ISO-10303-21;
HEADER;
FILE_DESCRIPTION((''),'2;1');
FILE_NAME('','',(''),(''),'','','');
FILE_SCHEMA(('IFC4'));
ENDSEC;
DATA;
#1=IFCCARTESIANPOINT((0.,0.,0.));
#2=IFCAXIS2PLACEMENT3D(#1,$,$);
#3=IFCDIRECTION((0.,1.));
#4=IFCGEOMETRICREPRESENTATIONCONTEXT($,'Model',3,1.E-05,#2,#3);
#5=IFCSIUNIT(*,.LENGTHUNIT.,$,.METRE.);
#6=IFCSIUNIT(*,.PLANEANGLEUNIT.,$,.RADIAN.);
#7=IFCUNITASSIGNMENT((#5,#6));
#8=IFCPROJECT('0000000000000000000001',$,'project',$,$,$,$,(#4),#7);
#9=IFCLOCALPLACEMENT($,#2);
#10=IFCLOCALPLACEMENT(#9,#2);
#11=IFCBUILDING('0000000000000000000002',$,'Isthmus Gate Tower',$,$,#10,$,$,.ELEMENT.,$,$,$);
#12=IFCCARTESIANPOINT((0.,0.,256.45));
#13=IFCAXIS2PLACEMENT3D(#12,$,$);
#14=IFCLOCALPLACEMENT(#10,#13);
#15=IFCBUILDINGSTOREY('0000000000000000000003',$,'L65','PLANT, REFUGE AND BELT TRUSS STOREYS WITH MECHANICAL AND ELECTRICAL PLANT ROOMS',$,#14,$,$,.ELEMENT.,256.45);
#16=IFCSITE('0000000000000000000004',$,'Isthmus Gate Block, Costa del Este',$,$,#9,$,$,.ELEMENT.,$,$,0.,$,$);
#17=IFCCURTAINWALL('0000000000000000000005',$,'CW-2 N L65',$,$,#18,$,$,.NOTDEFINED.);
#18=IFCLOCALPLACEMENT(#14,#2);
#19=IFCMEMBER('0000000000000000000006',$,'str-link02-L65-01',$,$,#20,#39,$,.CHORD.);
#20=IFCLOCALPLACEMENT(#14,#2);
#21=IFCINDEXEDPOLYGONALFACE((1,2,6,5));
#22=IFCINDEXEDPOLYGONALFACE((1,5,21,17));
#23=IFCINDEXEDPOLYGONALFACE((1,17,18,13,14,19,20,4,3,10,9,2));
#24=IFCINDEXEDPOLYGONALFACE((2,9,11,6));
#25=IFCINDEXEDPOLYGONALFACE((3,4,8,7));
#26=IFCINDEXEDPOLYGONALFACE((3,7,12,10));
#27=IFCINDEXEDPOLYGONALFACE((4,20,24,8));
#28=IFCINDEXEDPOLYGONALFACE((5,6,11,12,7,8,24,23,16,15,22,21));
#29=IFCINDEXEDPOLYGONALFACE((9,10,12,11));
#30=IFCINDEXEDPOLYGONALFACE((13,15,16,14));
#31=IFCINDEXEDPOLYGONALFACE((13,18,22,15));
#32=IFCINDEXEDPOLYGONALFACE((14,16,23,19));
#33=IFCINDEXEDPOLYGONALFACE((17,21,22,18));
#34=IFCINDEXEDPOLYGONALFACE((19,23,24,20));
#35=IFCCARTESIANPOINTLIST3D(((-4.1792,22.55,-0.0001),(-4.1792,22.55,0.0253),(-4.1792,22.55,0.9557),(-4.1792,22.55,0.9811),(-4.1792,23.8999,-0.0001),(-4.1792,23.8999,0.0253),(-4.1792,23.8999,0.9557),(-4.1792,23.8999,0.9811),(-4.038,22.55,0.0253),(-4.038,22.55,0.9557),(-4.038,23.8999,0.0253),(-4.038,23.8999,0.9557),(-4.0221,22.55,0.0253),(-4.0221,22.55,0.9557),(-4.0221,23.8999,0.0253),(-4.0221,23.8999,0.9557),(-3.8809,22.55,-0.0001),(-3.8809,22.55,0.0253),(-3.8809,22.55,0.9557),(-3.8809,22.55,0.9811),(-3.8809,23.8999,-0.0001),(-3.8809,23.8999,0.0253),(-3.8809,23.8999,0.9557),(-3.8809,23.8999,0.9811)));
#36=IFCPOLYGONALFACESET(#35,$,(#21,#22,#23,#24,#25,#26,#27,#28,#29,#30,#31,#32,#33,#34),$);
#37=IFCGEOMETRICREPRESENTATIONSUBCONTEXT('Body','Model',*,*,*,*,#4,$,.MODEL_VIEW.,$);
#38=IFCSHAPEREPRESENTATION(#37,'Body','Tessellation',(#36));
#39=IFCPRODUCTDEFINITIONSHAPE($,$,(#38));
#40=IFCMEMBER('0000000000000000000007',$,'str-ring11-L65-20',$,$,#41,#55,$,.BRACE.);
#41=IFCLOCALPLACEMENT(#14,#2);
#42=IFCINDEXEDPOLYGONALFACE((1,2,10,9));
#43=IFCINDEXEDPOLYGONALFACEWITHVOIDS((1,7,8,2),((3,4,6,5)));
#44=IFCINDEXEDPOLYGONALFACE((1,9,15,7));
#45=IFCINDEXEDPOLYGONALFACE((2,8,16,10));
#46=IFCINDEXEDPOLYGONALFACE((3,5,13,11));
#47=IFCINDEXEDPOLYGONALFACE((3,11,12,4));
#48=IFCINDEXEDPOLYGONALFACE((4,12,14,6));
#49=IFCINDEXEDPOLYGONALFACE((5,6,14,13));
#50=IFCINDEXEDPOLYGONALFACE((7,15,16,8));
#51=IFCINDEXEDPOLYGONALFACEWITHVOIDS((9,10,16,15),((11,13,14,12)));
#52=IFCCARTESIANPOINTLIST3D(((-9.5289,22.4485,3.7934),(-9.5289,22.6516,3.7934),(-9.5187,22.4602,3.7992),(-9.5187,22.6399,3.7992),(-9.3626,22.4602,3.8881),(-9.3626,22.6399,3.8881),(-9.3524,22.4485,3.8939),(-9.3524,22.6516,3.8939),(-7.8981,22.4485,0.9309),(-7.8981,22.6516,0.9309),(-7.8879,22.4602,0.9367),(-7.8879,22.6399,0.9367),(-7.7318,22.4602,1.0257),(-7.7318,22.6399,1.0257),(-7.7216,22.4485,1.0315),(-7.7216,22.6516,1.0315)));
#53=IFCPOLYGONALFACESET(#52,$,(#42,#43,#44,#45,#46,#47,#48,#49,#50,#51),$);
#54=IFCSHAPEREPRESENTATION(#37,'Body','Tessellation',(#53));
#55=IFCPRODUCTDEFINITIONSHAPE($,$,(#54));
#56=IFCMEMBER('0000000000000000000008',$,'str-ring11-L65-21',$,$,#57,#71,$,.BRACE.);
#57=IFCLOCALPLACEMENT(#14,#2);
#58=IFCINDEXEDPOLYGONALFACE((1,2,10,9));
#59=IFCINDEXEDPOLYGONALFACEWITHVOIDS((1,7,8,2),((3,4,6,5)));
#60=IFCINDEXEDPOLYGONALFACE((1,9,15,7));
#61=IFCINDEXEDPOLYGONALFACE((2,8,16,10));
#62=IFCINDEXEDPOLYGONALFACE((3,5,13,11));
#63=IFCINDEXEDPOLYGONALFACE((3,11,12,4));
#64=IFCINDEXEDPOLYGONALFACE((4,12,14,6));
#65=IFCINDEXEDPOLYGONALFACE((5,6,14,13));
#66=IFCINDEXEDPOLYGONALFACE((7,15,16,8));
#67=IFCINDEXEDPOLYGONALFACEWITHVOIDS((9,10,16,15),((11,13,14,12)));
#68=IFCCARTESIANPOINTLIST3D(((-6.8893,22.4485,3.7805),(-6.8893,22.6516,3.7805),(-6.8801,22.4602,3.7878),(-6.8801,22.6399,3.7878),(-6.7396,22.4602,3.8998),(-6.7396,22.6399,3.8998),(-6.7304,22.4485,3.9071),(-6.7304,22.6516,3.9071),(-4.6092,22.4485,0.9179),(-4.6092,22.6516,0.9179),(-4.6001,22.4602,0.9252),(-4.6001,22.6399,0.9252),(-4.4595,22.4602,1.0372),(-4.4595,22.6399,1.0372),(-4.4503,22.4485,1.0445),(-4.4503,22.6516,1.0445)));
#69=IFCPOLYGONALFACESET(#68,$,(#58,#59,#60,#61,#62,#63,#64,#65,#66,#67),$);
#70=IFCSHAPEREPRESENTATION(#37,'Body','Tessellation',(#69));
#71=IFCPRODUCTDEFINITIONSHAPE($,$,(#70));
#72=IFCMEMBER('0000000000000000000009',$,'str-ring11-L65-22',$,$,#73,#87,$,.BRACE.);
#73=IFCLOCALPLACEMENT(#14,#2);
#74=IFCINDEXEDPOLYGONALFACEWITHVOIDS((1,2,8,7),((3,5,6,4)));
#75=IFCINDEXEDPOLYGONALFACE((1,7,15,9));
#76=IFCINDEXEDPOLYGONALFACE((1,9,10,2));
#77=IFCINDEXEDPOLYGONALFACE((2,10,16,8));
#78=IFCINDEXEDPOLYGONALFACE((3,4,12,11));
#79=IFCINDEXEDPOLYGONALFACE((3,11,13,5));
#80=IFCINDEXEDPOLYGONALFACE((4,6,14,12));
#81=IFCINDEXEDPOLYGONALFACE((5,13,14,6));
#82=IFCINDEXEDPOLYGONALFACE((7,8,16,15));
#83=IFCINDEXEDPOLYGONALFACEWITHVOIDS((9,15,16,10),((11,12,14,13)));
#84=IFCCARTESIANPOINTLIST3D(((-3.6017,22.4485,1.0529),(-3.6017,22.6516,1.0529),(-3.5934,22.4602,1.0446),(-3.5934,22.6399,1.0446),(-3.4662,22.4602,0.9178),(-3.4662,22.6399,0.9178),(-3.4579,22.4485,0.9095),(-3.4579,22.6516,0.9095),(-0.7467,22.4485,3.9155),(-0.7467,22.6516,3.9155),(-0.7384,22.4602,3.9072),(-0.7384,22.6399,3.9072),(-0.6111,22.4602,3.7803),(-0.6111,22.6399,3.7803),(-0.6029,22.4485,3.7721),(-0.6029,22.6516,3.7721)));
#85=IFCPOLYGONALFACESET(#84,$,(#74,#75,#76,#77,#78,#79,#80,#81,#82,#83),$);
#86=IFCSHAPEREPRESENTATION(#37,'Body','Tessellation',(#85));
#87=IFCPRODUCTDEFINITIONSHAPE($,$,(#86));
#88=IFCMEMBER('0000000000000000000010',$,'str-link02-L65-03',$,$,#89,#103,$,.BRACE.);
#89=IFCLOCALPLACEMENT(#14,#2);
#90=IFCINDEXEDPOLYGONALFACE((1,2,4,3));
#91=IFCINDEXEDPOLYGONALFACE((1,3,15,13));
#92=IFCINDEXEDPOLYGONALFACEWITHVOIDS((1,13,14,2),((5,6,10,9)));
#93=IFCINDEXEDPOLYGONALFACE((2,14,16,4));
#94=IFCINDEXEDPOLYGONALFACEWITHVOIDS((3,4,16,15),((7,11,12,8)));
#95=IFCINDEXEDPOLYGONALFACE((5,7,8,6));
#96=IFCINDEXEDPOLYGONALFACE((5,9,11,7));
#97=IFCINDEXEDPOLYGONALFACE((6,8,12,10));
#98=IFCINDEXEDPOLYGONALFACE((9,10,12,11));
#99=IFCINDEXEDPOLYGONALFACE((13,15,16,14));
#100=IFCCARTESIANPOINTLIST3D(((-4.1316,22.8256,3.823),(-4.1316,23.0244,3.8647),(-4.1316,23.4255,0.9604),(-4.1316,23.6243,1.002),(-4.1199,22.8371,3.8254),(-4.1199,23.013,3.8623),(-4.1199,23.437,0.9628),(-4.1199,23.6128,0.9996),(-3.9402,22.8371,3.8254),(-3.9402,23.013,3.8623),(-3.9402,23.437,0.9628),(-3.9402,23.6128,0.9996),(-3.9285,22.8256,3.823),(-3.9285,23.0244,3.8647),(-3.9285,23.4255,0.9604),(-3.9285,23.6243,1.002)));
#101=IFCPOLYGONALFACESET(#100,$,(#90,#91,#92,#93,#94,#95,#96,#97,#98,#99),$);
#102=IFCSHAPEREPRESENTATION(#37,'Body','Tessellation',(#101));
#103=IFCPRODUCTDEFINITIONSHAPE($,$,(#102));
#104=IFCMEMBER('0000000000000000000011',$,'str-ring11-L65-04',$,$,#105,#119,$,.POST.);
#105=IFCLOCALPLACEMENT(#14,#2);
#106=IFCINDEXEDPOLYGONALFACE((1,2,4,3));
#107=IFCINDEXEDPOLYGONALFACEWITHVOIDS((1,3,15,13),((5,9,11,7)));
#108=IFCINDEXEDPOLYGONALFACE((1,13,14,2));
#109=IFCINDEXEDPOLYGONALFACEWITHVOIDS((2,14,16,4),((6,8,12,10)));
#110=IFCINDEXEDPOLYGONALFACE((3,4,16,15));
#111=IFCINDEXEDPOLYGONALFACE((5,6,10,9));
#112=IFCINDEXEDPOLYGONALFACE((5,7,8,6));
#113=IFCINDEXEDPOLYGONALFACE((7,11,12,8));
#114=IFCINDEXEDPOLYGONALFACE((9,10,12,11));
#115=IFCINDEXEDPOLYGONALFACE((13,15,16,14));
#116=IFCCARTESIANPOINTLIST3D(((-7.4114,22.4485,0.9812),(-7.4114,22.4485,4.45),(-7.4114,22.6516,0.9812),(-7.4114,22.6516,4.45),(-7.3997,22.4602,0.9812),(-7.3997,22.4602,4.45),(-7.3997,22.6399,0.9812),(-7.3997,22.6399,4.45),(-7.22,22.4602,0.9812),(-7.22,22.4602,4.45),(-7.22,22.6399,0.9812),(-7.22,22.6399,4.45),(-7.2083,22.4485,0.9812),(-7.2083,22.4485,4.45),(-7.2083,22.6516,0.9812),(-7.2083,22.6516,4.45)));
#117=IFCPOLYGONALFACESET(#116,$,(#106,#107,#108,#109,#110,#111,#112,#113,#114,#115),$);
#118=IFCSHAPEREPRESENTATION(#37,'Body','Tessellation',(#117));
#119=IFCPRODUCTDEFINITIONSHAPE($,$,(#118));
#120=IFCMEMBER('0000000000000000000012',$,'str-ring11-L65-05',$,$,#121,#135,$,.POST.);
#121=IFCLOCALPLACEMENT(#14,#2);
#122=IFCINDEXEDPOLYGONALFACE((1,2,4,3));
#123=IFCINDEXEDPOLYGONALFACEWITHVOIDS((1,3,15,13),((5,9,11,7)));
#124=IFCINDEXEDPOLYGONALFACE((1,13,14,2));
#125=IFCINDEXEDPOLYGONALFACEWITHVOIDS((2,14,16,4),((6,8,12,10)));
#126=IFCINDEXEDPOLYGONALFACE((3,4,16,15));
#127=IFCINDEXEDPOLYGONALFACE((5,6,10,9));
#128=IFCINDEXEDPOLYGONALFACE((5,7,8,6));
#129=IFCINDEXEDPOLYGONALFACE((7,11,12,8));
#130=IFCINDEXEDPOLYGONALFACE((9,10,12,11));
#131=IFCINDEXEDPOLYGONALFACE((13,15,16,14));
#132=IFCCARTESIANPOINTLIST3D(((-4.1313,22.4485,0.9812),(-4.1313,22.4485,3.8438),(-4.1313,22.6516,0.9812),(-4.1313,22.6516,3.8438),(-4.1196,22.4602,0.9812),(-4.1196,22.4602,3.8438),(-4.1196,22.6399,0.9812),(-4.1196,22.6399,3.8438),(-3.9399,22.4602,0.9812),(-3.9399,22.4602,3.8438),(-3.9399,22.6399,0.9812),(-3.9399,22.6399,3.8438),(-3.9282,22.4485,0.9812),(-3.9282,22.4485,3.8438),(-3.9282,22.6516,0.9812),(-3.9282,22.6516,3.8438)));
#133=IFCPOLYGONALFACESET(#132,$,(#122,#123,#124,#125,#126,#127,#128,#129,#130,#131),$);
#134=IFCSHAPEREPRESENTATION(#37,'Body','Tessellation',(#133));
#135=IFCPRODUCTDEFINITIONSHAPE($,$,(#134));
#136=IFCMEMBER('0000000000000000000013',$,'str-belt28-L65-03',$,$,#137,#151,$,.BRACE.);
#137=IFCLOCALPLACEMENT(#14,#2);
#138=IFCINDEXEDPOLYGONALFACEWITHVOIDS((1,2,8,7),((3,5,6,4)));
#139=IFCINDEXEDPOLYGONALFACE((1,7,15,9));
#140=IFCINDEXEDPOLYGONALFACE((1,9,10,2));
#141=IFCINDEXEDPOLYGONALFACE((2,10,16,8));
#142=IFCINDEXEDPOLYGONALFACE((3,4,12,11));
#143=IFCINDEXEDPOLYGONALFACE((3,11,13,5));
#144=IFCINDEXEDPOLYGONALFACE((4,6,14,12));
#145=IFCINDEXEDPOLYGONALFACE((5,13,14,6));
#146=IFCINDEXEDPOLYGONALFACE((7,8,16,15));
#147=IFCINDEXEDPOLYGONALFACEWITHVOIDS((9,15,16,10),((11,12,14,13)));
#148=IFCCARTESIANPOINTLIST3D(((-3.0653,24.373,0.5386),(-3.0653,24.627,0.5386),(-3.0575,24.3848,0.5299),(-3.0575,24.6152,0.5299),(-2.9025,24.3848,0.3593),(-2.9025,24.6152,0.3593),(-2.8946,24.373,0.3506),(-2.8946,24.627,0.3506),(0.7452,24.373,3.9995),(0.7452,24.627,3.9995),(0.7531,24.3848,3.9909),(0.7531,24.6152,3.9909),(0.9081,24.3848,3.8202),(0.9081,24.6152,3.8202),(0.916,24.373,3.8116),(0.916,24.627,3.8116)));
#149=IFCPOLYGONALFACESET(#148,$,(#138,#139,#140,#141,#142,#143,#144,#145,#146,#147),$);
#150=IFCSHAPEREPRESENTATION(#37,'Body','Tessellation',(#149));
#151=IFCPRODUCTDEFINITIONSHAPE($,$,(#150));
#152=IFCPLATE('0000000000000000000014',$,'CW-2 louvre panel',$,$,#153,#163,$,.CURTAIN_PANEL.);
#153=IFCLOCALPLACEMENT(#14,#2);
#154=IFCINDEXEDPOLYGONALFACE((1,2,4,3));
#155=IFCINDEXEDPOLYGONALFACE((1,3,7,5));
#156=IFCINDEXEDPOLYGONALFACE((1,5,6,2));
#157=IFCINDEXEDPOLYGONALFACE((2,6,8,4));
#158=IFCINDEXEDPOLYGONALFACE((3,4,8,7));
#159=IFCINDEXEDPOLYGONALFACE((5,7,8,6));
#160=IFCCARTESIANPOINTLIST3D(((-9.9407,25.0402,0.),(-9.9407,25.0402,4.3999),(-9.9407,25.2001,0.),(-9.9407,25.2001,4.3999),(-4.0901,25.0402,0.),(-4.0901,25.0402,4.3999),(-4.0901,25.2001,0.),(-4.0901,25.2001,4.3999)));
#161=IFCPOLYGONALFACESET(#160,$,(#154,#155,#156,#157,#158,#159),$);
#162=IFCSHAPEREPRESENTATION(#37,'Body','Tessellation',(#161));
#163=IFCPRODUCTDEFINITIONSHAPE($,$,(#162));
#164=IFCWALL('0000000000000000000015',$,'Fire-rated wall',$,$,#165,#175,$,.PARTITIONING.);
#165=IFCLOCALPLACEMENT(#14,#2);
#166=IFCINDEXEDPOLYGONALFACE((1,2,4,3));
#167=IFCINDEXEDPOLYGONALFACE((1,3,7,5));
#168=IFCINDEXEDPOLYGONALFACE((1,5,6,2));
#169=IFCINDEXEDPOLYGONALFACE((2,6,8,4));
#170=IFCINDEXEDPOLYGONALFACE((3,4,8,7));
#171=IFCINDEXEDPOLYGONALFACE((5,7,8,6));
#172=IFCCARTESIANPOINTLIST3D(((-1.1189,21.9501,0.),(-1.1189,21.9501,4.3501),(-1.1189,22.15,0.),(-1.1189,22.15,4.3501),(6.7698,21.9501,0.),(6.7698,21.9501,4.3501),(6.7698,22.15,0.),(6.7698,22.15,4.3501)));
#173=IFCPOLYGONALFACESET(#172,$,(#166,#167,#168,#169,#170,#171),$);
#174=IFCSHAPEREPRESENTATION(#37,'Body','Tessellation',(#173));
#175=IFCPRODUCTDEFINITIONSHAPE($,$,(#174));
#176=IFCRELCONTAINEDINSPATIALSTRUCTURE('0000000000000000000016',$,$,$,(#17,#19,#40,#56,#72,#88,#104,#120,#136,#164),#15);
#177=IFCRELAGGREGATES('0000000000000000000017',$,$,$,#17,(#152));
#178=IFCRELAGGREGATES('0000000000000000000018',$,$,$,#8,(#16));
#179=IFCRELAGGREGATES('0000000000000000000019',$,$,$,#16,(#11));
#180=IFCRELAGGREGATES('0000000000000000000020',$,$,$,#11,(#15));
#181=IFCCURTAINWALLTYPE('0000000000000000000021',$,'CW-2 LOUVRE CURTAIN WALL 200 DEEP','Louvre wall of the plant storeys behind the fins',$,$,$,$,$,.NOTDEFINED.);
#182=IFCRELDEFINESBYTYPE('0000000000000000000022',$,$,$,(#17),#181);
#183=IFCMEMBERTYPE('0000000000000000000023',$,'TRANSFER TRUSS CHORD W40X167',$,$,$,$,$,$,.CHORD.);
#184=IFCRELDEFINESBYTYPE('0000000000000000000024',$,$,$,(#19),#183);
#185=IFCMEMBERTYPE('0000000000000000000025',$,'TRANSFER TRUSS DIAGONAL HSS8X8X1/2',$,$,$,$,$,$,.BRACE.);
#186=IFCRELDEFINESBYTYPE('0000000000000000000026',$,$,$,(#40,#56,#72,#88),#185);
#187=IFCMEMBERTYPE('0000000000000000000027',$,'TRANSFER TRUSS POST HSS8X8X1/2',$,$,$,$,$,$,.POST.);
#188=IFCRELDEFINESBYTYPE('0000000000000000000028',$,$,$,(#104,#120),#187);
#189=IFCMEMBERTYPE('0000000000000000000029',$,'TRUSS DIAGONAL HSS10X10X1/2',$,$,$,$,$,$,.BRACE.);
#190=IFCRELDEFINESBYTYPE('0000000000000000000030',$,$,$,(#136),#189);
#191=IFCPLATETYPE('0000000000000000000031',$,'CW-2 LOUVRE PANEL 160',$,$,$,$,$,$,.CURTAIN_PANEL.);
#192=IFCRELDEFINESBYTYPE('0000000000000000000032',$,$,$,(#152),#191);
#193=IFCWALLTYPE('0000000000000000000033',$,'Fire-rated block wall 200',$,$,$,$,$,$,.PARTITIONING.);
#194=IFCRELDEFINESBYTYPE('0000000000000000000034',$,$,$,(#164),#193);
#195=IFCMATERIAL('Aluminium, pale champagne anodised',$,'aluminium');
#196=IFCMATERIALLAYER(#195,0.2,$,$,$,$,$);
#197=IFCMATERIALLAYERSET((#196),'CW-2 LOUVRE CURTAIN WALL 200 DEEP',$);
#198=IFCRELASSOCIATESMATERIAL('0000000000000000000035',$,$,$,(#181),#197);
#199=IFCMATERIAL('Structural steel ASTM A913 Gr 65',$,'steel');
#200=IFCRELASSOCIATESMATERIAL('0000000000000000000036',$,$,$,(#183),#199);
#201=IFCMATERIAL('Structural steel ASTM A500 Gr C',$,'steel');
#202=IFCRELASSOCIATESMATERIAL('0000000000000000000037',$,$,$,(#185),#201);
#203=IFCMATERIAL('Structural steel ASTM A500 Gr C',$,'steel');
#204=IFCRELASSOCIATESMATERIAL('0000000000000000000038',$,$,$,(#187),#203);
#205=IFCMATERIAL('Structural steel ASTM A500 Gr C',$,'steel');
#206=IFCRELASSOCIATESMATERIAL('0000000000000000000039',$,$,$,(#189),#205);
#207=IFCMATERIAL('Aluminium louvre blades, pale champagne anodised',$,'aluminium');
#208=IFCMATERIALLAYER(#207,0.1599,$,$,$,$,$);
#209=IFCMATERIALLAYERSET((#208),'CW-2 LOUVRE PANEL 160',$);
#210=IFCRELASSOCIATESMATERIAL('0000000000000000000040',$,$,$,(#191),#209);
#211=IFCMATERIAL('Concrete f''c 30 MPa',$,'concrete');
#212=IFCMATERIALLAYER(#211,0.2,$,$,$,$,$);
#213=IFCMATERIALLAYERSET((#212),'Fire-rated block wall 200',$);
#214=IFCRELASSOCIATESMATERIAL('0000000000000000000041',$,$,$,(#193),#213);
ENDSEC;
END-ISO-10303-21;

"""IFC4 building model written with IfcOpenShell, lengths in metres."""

from ifc_helpers import new_model, si_unit, direction, frame, frame_2d, origin, origin_2d, place, context, subcontext, project, spatial, rectangle, hollow_rectangle, i_section, extrude, material, layer, layer_set, material_profile, profile_set, type_object, element, aggregate, save


model = new_model("IFC4")

# Units and contexts
model_context = context("Model", 3, precision=1e-05, world=origin(), true_north=direction((0.0, 1.0)))
body_context = subcontext(model_context, "Body", "Model", "MODEL_VIEW")
ifc_project = project(units=[si_unit("LENGTHUNIT", "METRE"), si_unit("PLANEANGLEUNIT", "RADIAN")], contexts=[model_context])

# Site, building, storey
site_placement = place(None, origin())
site = spatial("IfcSite", under=ifc_project, at=site_placement, Name="Isthmus Gate Block, Costa del Este", CompositionType="ELEMENT", RefElevation=0.0)
building_placement = place(site_placement, origin())
building = spatial("IfcBuilding", under=site, at=building_placement, Name="Isthmus Gate Tower", CompositionType="ELEMENT")
storey_placement = place(building_placement, frame((0.0, 0.0, 256.45)))
storey = spatial("IfcBuildingStorey", under=building, at=storey_placement, Name="L65", Description="PLANT, REFUGE AND BELT TRUSS STOREYS WITH MECHANICAL AND ELECTRICAL PLANT ROOMS", CompositionType="ELEMENT", Elevation=256.45)

# Curtain wall
ifc_material_1 = material(Name="Aluminium, pale champagne anodised", Category="aluminium")
ifc_layer_1 = layer(ifc_material_1, 0.2)
ifc_layer_set_1 = layer_set([ifc_layer_1], Name="CW-2 LOUVRE CURTAIN WALL 200 DEEP")
curtain_wall_type = type_object("IfcCurtainWallType", Name="CW-2 LOUVRE CURTAIN WALL 200 DEEP", Description="Louvre wall of the plant storeys behind the fins", PredefinedType="NOTDEFINED", material=ifc_layer_set_1)
curtain_wall_placement = place(storey_placement, origin())
curtain_wall = element("IfcCurtainWall", 1, at=curtain_wall_placement, inside=storey, type_object=curtain_wall_type, Name="CW-2 N L65", PredefinedType="NOTDEFINED")

# Members
ifc_material_2 = material(Name="Structural steel ASTM A913 Gr 65", Category="steel")
ifc_material_profile_1 = material_profile(ifc_material_2, i_section(OverallWidth=0.2983, OverallDepth=0.9812, WebThickness=0.0159, FlangeThickness=0.0254, at=origin_2d()), Name="W40X167")
ifc_profile_set_1 = profile_set([ifc_material_profile_1], Name="Structural steel ASTM A913 Gr 65")
member_type_1 = type_object("IfcMemberType", Name="TRANSFER TRUSS CHORD W40X167", PredefinedType="CHORD", material=ifc_profile_set_1)
member_1_placement = place(storey_placement, frame((-4.03, 23.8999, 0.4905), z_axis=(0.0, -1.0, 0.0), x_axis=(1.0, 0.0, 0.0)))
element("IfcMember", 2, at=member_1_placement, inside=storey, type_object=member_type_1, Name="str-link02-L65-01", PredefinedType="CHORD", context=body_context, shape_type="SweptSolid", body=[
    extrude(i_section(OverallWidth=0.2983, OverallDepth=0.9812, WebThickness=0.0159, FlangeThickness=0.0254, at=origin_2d()), origin(), (0.0, 0.0, 1.0), 1.3499),
])
ifc_material_3 = material(Name="Structural steel ASTM A500 Gr C", Category="steel")
ifc_material_profile_2 = material_profile(ifc_material_3, hollow_rectangle(XDim=0.2031, YDim=0.2031, WallThickness=0.0117, at=origin_2d()), Name="HSS8X8X1/2")
ifc_profile_set_2 = profile_set([ifc_material_profile_2], Name="Structural steel ASTM A500 Gr C")
member_type_2 = type_object("IfcMemberType", Name="TRANSFER TRUSS DIAGONAL HSS8X8X1/2", PredefinedType="BRACE", material=ifc_profile_set_2)
member_2_placement = place(storey_placement, frame((-7.8098, 22.55, 0.9812), z_axis=(-0.495021, 0.0, 0.868881), x_axis=(0.0, -1.0, 0.0)))
element("IfcMember", 3, at=member_2_placement, inside=storey, type_object=member_type_2, Name="str-ring11-L65-20", PredefinedType="BRACE", context=body_context, shape_type="SweptSolid", body=[
    extrude(hollow_rectangle(XDim=0.2031, YDim=0.2031, WallThickness=0.0117, at=origin_2d()), origin(), (0.0, 0.0, 1.0), 3.2944),
])
member_3_placement = place(storey_placement, frame((-4.5298, 22.55, 0.9812), z_axis=(-0.623026, 0.0, 0.782201), x_axis=(0.0, -1.0, 0.0)))
element("IfcMember", 4, at=member_3_placement, inside=storey, type_object=member_type_2, Name="str-ring11-L65-21", PredefinedType="BRACE", context=body_context, shape_type="SweptSolid", body=[
    extrude(hollow_rectangle(XDim=0.2031, YDim=0.2031, WallThickness=0.0117, at=origin_2d()), origin(), (0.0, 0.0, 1.0), 3.6597),
])
member_4_placement = place(storey_placement, frame((-3.5298, 22.55, 0.9812), z_axis=(0.70617, 0.0, 0.708042), x_axis=(0.0, 1.0, 0.0)))
element("IfcMember", 5, at=member_4_placement, inside=storey, type_object=member_type_2, Name="str-ring11-L65-22", PredefinedType="BRACE", context=body_context, shape_type="SweptSolid", body=[
    extrude(hollow_rectangle(XDim=0.2031, YDim=0.2031, WallThickness=0.0117, at=origin_2d()), origin(), (0.0, 0.0, 1.0), 4.043),
])
member_5_placement = place(storey_placement, frame((-4.03, 23.5249, 0.9812), z_axis=(0.0, -0.205097, 0.978742), x_axis=(1.0, 0.0, 0.0)))
element("IfcMember", 6, at=member_5_placement, inside=storey, type_object=member_type_2, Name="str-link02-L65-03", PredefinedType="BRACE", context=body_context, shape_type="SweptSolid", body=[
    extrude(hollow_rectangle(XDim=0.2031, YDim=0.2031, WallThickness=0.0117, at=origin_2d()), origin(), (0.0, 0.0, 1.0), 2.9248),
])
ifc_material_4 = material(Name="Structural steel ASTM A500 Gr C", Category="steel")
ifc_material_profile_3 = material_profile(ifc_material_4, hollow_rectangle(XDim=0.2031, YDim=0.2031, WallThickness=0.0117, at=origin_2d()), Name="HSS8X8X1/2")
ifc_profile_set_3 = profile_set([ifc_material_profile_3], Name="Structural steel ASTM A500 Gr C")
member_type_3 = type_object("IfcMemberType", Name="TRANSFER TRUSS POST HSS8X8X1/2", PredefinedType="POST", material=ifc_profile_set_3)
member_6_placement = place(storey_placement, frame((-7.3098, 22.55, 0.9812), z_axis=(0.0, 0.0, 1.0), x_axis=(1.0, 0.0, 0.0)))
element("IfcMember", 7, at=member_6_placement, inside=storey, type_object=member_type_3, Name="str-ring11-L65-04", PredefinedType="POST", context=body_context, shape_type="SweptSolid", body=[
    extrude(hollow_rectangle(XDim=0.2031, YDim=0.2031, WallThickness=0.0117, at=origin_2d()), origin(), (0.0, 0.0, 1.0), 3.4688),
])
member_7_placement = place(storey_placement, frame((-4.0298, 22.55, 0.9812), z_axis=(0.0, 0.0, 1.0), x_axis=(1.0, 0.0, 0.0)))
element("IfcMember", 8, at=member_7_placement, inside=storey, type_object=member_type_3, Name="str-ring11-L65-05", PredefinedType="POST", context=body_context, shape_type="SweptSolid", body=[
    extrude(hollow_rectangle(XDim=0.2031, YDim=0.2031, WallThickness=0.0117, at=origin_2d()), origin(), (0.0, 0.0, 1.0), 2.8625),
])
ifc_material_5 = material(Name="Structural steel ASTM A500 Gr C", Category="steel")
ifc_material_profile_4 = material_profile(ifc_material_5, hollow_rectangle(XDim=0.2539, YDim=0.2539, WallThickness=0.0117, at=origin_2d()), Name="HSS10X10X1/2")
ifc_profile_set_4 = profile_set([ifc_material_profile_4], Name="Structural steel ASTM A500 Gr C")
member_type_4 = type_object("IfcMemberType", Name="TRUSS DIAGONAL HSS10X10X1/2", PredefinedType="BRACE", material=ifc_profile_set_4)
member_8_placement = place(storey_placement, frame((-2.98, 24.5, 0.4446), z_axis=(0.740249, 0.0, 0.672333), x_axis=(0.0, 1.0, 0.0)))
element("IfcMember", 9, at=member_8_placement, inside=storey, type_object=member_type_4, Name="str-belt28-L65-03", PredefinedType="BRACE", context=body_context, shape_type="SweptSolid", body=[
    extrude(hollow_rectangle(XDim=0.2539, YDim=0.2539, WallThickness=0.0117, at=origin_2d()), origin(), (0.0, 0.0, 1.0), 5.1477),
])

# Plate
ifc_material_6 = material(Name="Aluminium louvre blades, pale champagne anodised", Category="aluminium")
ifc_layer_2 = layer(ifc_material_6, 0.1599)
ifc_layer_set_2 = layer_set([ifc_layer_2], Name="CW-2 LOUVRE PANEL 160")
plate_type = type_object("IfcPlateType", Name="CW-2 LOUVRE PANEL 160", PredefinedType="CURTAIN_PANEL", material=ifc_layer_set_2)
plate_placement = place(storey_placement, frame((-7.0154, 25.1201, 0.0), z_axis=(0.0, 0.0, 1.0), x_axis=(-1.0, 0.0, 0.0)))
plate = element("IfcPlate", 10, at=plate_placement, type_object=plate_type, Name="CW-2 louvre panel", PredefinedType="CURTAIN_PANEL", context=body_context, shape_type="SweptSolid", body=[
    extrude(rectangle(XDim=5.8506, YDim=0.1599, at=origin_2d()), origin(), (0.0, 0.0, 1.0), 4.3999),
])
aggregate(curtain_wall, [plate])

# Wall
ifc_material_7 = material(Name="Concrete f'c 30 MPa", Category="concrete")
ifc_layer_3 = layer(ifc_material_7, 0.2)
ifc_layer_set_3 = layer_set([ifc_layer_3], Name="Fire-rated block wall 200")
wall_type = type_object("IfcWallType", Name="Fire-rated block wall 200", PredefinedType="PARTITIONING", material=ifc_layer_set_3)
wall_1_placement = place(storey_placement, frame((-1.1189, 22.05, 0.0), z_axis=(0.0, 0.0, 1.0), x_axis=(1.0, 0.0, 0.0)))
element("IfcWall", 11, at=wall_1_placement, inside=storey, type_object=wall_type, Name="Fire-rated wall", PredefinedType="PARTITIONING", context=body_context, shape_type="SweptSolid", body=[
    extrude(rectangle(XDim=7.8887, YDim=0.2, at=frame_2d((3.9443, 0.0))), origin(), (0.0, 0.0, 1.0), 4.3501),
])

save(model, "model.ifc")
